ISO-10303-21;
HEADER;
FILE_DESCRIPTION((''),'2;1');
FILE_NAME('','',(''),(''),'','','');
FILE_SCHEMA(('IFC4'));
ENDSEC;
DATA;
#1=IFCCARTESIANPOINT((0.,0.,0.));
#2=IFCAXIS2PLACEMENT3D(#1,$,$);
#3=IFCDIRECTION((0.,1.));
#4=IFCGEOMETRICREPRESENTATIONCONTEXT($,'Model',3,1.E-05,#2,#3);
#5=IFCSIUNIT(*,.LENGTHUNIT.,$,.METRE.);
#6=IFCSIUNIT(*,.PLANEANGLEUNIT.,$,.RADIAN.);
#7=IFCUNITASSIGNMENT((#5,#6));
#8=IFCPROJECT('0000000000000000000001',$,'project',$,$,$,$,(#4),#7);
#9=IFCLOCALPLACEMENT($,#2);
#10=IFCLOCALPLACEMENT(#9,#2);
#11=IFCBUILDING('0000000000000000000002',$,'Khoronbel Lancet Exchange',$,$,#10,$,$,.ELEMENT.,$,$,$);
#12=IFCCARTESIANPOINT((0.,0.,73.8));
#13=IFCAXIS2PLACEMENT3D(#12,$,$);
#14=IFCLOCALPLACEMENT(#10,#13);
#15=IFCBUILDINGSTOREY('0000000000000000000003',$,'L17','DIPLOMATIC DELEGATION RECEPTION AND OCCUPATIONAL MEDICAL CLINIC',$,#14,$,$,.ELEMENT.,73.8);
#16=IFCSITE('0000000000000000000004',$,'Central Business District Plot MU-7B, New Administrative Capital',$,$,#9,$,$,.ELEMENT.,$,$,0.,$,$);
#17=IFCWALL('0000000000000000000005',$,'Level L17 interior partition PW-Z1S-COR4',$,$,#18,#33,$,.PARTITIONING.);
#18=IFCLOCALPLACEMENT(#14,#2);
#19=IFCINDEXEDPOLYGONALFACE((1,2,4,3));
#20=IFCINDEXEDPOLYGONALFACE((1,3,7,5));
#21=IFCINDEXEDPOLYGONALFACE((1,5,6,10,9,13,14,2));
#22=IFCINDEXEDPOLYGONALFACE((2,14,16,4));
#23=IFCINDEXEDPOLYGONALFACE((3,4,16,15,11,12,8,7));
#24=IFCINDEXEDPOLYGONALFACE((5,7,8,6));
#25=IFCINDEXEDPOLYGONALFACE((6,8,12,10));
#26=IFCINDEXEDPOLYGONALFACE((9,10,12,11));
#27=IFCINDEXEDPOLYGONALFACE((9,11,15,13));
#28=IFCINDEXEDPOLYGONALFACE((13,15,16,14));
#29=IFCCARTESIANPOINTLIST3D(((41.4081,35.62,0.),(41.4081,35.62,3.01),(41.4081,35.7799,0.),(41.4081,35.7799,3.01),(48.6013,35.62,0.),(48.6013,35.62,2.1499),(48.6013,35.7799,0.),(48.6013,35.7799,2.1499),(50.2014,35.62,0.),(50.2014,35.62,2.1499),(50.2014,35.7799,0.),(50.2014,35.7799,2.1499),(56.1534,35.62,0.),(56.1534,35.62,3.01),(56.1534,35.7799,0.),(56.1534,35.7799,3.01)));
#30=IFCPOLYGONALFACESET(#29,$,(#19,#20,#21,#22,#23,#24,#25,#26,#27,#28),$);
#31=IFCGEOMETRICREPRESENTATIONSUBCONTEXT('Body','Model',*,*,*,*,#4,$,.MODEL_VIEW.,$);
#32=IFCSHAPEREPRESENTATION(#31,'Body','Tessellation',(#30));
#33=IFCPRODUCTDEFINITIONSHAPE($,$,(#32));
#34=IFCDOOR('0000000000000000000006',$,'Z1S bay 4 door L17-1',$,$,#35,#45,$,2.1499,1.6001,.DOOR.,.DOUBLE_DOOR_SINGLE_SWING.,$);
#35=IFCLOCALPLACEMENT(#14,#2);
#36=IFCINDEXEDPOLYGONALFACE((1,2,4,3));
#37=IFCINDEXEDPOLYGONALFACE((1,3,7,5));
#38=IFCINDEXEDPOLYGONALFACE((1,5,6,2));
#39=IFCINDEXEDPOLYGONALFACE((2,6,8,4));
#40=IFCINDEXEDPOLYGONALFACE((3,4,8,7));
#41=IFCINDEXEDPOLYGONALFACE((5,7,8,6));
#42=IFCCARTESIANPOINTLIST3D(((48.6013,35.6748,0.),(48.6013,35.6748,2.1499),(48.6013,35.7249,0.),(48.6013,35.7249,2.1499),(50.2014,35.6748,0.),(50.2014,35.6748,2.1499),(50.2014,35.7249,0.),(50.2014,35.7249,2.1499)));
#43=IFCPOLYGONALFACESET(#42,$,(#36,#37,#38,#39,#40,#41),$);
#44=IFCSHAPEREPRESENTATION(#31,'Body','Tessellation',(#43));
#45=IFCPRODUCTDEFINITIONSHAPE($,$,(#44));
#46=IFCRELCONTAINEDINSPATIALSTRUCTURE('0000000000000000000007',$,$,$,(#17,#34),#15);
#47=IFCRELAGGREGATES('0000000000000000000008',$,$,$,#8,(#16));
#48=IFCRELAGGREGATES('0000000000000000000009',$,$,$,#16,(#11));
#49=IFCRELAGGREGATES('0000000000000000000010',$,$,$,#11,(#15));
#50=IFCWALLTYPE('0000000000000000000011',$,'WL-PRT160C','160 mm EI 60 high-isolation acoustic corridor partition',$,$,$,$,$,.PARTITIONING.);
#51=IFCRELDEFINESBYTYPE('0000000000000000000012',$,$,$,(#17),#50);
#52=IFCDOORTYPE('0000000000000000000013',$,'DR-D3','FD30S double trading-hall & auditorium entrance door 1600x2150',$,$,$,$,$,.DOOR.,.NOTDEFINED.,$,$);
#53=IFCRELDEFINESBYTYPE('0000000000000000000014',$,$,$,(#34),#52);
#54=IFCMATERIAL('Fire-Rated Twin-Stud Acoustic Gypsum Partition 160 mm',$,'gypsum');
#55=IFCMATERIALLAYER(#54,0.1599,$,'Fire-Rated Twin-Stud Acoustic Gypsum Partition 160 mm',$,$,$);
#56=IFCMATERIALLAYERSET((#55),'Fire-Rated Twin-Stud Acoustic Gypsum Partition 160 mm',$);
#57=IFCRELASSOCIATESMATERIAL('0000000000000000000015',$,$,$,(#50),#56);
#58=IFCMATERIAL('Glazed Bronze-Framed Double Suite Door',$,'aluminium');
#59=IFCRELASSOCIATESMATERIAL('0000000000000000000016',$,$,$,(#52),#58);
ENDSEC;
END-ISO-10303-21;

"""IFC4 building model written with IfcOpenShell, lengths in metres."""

from ifc_helpers import new_model, si_unit, direction, frame, frame_2d, origin, place, context, subcontext, project, spatial, rectangle, extrude, material, layer, layer_set, type_object, element, fill, save


model = new_model("IFC4")

# Units and contexts
model_context = context("Model", 3, precision=1e-05, world=origin(), true_north=direction((0.0, 1.0)))
body_context = subcontext(model_context, "Body", "Model", "MODEL_VIEW")
ifc_project = project(units=[si_unit("LENGTHUNIT", "METRE"), si_unit("PLANEANGLEUNIT", "RADIAN")], contexts=[model_context])

# Site, building, storey
site_placement = place(None, origin())
site = spatial("IfcSite", under=ifc_project, at=site_placement, Name="Central Business District Plot MU-7B, New Administrative Capital", CompositionType="ELEMENT", RefElevation=0.0)
building_placement = place(site_placement, origin())
building = spatial("IfcBuilding", under=site, at=building_placement, Name="Khoronbel Lancet Exchange", CompositionType="ELEMENT")
storey_placement = place(building_placement, frame((0.0, 0.0, 73.8)))
storey = spatial("IfcBuildingStorey", under=building, at=storey_placement, Name="L17", Description="DIPLOMATIC DELEGATION RECEPTION AND OCCUPATIONAL MEDICAL CLINIC", CompositionType="ELEMENT", Elevation=73.8)

# Wall, opening, door
ifc_material_1 = material(Name="Fire-Rated Twin-Stud Acoustic Gypsum Partition 160 mm", Category="gypsum")
ifc_layer_1 = layer(ifc_material_1, 0.1599, Name="Fire-Rated Twin-Stud Acoustic Gypsum Partition 160 mm")
ifc_layer_set_1 = layer_set([ifc_layer_1], Name="Fire-Rated Twin-Stud Acoustic Gypsum Partition 160 mm")
wall_type_1 = type_object("IfcWallType", Name="WL-PRT160C", Description="160 mm EI 60 high-isolation acoustic corridor partition", PredefinedType="PARTITIONING", material=ifc_layer_set_1)
wall_1_placement = place(storey_placement, frame((41.4082, 35.7, 0.0), z_axis=(0.0, 0.0, 1.0), x_axis=(1.0, 0.0, 0.0)))
wall_1 = element("IfcWall", 1, at=wall_1_placement, inside=storey, type_object=wall_type_1, Name="Level L17 interior partition PW-Z1S-COR4", PredefinedType="PARTITIONING", context=body_context, shape_type="SweptSolid", body=[
    extrude(rectangle(XDim=14.7454, YDim=0.1599, at=frame_2d((7.3726, 0.0))), origin(), (0.0, 0.0, 1.0), 3.01),
])
opening_1_placement = place(wall_1_placement, frame((7.1931, 0.0, 0.0)))
opening_1 = element("IfcOpeningElement", 2, at=opening_1_placement, cuts=wall_1, PredefinedType="OPENING", context=body_context, shape_type="SweptSolid", body=[
    extrude(rectangle(XDim=1.6001, YDim=2.1499, at=frame_2d((0.8, 1.075))), frame((0.0, 0.0898, 0.0), z_axis=(0.0, -1.0, 0.0), x_axis=(1.0, 0.0, 0.0)), (0.0, 0.0, 1.0), 0.1799),
])
ifc_material_2 = material(Name="Glazed Bronze-Framed Double Suite Door", Category="aluminium")
door_type_1 = type_object("IfcDoorType", Name="DR-D3", Description="FD30S double trading-hall & auditorium entrance door 1600x2150", OperationType="NOTDEFINED", PredefinedType="DOOR", material=ifc_material_2)
door_1_placement = place(opening_1_placement, origin())
door_1 = element("IfcDoor", 3, at=door_1_placement, inside=storey, type_object=door_type_1, Name="Z1S bay 4 door L17-1", OperationType="DOUBLE_DOOR_SINGLE_SWING", OverallHeight=2.1499, OverallWidth=1.6001, PredefinedType="DOOR", context=body_context, shape_type="SweptSolid", body=[
    extrude(rectangle(XDim=1.6001, YDim=2.1499, at=frame_2d((0.8, 1.075))), frame((0.0, 0.0249, 0.0), z_axis=(0.0, -1.0, 0.0), x_axis=(1.0, 0.0, 0.0)), (0.0, 0.0, 1.0), 0.05),
])
fill(opening_1, door_1)

save(model, "model.ifc")
